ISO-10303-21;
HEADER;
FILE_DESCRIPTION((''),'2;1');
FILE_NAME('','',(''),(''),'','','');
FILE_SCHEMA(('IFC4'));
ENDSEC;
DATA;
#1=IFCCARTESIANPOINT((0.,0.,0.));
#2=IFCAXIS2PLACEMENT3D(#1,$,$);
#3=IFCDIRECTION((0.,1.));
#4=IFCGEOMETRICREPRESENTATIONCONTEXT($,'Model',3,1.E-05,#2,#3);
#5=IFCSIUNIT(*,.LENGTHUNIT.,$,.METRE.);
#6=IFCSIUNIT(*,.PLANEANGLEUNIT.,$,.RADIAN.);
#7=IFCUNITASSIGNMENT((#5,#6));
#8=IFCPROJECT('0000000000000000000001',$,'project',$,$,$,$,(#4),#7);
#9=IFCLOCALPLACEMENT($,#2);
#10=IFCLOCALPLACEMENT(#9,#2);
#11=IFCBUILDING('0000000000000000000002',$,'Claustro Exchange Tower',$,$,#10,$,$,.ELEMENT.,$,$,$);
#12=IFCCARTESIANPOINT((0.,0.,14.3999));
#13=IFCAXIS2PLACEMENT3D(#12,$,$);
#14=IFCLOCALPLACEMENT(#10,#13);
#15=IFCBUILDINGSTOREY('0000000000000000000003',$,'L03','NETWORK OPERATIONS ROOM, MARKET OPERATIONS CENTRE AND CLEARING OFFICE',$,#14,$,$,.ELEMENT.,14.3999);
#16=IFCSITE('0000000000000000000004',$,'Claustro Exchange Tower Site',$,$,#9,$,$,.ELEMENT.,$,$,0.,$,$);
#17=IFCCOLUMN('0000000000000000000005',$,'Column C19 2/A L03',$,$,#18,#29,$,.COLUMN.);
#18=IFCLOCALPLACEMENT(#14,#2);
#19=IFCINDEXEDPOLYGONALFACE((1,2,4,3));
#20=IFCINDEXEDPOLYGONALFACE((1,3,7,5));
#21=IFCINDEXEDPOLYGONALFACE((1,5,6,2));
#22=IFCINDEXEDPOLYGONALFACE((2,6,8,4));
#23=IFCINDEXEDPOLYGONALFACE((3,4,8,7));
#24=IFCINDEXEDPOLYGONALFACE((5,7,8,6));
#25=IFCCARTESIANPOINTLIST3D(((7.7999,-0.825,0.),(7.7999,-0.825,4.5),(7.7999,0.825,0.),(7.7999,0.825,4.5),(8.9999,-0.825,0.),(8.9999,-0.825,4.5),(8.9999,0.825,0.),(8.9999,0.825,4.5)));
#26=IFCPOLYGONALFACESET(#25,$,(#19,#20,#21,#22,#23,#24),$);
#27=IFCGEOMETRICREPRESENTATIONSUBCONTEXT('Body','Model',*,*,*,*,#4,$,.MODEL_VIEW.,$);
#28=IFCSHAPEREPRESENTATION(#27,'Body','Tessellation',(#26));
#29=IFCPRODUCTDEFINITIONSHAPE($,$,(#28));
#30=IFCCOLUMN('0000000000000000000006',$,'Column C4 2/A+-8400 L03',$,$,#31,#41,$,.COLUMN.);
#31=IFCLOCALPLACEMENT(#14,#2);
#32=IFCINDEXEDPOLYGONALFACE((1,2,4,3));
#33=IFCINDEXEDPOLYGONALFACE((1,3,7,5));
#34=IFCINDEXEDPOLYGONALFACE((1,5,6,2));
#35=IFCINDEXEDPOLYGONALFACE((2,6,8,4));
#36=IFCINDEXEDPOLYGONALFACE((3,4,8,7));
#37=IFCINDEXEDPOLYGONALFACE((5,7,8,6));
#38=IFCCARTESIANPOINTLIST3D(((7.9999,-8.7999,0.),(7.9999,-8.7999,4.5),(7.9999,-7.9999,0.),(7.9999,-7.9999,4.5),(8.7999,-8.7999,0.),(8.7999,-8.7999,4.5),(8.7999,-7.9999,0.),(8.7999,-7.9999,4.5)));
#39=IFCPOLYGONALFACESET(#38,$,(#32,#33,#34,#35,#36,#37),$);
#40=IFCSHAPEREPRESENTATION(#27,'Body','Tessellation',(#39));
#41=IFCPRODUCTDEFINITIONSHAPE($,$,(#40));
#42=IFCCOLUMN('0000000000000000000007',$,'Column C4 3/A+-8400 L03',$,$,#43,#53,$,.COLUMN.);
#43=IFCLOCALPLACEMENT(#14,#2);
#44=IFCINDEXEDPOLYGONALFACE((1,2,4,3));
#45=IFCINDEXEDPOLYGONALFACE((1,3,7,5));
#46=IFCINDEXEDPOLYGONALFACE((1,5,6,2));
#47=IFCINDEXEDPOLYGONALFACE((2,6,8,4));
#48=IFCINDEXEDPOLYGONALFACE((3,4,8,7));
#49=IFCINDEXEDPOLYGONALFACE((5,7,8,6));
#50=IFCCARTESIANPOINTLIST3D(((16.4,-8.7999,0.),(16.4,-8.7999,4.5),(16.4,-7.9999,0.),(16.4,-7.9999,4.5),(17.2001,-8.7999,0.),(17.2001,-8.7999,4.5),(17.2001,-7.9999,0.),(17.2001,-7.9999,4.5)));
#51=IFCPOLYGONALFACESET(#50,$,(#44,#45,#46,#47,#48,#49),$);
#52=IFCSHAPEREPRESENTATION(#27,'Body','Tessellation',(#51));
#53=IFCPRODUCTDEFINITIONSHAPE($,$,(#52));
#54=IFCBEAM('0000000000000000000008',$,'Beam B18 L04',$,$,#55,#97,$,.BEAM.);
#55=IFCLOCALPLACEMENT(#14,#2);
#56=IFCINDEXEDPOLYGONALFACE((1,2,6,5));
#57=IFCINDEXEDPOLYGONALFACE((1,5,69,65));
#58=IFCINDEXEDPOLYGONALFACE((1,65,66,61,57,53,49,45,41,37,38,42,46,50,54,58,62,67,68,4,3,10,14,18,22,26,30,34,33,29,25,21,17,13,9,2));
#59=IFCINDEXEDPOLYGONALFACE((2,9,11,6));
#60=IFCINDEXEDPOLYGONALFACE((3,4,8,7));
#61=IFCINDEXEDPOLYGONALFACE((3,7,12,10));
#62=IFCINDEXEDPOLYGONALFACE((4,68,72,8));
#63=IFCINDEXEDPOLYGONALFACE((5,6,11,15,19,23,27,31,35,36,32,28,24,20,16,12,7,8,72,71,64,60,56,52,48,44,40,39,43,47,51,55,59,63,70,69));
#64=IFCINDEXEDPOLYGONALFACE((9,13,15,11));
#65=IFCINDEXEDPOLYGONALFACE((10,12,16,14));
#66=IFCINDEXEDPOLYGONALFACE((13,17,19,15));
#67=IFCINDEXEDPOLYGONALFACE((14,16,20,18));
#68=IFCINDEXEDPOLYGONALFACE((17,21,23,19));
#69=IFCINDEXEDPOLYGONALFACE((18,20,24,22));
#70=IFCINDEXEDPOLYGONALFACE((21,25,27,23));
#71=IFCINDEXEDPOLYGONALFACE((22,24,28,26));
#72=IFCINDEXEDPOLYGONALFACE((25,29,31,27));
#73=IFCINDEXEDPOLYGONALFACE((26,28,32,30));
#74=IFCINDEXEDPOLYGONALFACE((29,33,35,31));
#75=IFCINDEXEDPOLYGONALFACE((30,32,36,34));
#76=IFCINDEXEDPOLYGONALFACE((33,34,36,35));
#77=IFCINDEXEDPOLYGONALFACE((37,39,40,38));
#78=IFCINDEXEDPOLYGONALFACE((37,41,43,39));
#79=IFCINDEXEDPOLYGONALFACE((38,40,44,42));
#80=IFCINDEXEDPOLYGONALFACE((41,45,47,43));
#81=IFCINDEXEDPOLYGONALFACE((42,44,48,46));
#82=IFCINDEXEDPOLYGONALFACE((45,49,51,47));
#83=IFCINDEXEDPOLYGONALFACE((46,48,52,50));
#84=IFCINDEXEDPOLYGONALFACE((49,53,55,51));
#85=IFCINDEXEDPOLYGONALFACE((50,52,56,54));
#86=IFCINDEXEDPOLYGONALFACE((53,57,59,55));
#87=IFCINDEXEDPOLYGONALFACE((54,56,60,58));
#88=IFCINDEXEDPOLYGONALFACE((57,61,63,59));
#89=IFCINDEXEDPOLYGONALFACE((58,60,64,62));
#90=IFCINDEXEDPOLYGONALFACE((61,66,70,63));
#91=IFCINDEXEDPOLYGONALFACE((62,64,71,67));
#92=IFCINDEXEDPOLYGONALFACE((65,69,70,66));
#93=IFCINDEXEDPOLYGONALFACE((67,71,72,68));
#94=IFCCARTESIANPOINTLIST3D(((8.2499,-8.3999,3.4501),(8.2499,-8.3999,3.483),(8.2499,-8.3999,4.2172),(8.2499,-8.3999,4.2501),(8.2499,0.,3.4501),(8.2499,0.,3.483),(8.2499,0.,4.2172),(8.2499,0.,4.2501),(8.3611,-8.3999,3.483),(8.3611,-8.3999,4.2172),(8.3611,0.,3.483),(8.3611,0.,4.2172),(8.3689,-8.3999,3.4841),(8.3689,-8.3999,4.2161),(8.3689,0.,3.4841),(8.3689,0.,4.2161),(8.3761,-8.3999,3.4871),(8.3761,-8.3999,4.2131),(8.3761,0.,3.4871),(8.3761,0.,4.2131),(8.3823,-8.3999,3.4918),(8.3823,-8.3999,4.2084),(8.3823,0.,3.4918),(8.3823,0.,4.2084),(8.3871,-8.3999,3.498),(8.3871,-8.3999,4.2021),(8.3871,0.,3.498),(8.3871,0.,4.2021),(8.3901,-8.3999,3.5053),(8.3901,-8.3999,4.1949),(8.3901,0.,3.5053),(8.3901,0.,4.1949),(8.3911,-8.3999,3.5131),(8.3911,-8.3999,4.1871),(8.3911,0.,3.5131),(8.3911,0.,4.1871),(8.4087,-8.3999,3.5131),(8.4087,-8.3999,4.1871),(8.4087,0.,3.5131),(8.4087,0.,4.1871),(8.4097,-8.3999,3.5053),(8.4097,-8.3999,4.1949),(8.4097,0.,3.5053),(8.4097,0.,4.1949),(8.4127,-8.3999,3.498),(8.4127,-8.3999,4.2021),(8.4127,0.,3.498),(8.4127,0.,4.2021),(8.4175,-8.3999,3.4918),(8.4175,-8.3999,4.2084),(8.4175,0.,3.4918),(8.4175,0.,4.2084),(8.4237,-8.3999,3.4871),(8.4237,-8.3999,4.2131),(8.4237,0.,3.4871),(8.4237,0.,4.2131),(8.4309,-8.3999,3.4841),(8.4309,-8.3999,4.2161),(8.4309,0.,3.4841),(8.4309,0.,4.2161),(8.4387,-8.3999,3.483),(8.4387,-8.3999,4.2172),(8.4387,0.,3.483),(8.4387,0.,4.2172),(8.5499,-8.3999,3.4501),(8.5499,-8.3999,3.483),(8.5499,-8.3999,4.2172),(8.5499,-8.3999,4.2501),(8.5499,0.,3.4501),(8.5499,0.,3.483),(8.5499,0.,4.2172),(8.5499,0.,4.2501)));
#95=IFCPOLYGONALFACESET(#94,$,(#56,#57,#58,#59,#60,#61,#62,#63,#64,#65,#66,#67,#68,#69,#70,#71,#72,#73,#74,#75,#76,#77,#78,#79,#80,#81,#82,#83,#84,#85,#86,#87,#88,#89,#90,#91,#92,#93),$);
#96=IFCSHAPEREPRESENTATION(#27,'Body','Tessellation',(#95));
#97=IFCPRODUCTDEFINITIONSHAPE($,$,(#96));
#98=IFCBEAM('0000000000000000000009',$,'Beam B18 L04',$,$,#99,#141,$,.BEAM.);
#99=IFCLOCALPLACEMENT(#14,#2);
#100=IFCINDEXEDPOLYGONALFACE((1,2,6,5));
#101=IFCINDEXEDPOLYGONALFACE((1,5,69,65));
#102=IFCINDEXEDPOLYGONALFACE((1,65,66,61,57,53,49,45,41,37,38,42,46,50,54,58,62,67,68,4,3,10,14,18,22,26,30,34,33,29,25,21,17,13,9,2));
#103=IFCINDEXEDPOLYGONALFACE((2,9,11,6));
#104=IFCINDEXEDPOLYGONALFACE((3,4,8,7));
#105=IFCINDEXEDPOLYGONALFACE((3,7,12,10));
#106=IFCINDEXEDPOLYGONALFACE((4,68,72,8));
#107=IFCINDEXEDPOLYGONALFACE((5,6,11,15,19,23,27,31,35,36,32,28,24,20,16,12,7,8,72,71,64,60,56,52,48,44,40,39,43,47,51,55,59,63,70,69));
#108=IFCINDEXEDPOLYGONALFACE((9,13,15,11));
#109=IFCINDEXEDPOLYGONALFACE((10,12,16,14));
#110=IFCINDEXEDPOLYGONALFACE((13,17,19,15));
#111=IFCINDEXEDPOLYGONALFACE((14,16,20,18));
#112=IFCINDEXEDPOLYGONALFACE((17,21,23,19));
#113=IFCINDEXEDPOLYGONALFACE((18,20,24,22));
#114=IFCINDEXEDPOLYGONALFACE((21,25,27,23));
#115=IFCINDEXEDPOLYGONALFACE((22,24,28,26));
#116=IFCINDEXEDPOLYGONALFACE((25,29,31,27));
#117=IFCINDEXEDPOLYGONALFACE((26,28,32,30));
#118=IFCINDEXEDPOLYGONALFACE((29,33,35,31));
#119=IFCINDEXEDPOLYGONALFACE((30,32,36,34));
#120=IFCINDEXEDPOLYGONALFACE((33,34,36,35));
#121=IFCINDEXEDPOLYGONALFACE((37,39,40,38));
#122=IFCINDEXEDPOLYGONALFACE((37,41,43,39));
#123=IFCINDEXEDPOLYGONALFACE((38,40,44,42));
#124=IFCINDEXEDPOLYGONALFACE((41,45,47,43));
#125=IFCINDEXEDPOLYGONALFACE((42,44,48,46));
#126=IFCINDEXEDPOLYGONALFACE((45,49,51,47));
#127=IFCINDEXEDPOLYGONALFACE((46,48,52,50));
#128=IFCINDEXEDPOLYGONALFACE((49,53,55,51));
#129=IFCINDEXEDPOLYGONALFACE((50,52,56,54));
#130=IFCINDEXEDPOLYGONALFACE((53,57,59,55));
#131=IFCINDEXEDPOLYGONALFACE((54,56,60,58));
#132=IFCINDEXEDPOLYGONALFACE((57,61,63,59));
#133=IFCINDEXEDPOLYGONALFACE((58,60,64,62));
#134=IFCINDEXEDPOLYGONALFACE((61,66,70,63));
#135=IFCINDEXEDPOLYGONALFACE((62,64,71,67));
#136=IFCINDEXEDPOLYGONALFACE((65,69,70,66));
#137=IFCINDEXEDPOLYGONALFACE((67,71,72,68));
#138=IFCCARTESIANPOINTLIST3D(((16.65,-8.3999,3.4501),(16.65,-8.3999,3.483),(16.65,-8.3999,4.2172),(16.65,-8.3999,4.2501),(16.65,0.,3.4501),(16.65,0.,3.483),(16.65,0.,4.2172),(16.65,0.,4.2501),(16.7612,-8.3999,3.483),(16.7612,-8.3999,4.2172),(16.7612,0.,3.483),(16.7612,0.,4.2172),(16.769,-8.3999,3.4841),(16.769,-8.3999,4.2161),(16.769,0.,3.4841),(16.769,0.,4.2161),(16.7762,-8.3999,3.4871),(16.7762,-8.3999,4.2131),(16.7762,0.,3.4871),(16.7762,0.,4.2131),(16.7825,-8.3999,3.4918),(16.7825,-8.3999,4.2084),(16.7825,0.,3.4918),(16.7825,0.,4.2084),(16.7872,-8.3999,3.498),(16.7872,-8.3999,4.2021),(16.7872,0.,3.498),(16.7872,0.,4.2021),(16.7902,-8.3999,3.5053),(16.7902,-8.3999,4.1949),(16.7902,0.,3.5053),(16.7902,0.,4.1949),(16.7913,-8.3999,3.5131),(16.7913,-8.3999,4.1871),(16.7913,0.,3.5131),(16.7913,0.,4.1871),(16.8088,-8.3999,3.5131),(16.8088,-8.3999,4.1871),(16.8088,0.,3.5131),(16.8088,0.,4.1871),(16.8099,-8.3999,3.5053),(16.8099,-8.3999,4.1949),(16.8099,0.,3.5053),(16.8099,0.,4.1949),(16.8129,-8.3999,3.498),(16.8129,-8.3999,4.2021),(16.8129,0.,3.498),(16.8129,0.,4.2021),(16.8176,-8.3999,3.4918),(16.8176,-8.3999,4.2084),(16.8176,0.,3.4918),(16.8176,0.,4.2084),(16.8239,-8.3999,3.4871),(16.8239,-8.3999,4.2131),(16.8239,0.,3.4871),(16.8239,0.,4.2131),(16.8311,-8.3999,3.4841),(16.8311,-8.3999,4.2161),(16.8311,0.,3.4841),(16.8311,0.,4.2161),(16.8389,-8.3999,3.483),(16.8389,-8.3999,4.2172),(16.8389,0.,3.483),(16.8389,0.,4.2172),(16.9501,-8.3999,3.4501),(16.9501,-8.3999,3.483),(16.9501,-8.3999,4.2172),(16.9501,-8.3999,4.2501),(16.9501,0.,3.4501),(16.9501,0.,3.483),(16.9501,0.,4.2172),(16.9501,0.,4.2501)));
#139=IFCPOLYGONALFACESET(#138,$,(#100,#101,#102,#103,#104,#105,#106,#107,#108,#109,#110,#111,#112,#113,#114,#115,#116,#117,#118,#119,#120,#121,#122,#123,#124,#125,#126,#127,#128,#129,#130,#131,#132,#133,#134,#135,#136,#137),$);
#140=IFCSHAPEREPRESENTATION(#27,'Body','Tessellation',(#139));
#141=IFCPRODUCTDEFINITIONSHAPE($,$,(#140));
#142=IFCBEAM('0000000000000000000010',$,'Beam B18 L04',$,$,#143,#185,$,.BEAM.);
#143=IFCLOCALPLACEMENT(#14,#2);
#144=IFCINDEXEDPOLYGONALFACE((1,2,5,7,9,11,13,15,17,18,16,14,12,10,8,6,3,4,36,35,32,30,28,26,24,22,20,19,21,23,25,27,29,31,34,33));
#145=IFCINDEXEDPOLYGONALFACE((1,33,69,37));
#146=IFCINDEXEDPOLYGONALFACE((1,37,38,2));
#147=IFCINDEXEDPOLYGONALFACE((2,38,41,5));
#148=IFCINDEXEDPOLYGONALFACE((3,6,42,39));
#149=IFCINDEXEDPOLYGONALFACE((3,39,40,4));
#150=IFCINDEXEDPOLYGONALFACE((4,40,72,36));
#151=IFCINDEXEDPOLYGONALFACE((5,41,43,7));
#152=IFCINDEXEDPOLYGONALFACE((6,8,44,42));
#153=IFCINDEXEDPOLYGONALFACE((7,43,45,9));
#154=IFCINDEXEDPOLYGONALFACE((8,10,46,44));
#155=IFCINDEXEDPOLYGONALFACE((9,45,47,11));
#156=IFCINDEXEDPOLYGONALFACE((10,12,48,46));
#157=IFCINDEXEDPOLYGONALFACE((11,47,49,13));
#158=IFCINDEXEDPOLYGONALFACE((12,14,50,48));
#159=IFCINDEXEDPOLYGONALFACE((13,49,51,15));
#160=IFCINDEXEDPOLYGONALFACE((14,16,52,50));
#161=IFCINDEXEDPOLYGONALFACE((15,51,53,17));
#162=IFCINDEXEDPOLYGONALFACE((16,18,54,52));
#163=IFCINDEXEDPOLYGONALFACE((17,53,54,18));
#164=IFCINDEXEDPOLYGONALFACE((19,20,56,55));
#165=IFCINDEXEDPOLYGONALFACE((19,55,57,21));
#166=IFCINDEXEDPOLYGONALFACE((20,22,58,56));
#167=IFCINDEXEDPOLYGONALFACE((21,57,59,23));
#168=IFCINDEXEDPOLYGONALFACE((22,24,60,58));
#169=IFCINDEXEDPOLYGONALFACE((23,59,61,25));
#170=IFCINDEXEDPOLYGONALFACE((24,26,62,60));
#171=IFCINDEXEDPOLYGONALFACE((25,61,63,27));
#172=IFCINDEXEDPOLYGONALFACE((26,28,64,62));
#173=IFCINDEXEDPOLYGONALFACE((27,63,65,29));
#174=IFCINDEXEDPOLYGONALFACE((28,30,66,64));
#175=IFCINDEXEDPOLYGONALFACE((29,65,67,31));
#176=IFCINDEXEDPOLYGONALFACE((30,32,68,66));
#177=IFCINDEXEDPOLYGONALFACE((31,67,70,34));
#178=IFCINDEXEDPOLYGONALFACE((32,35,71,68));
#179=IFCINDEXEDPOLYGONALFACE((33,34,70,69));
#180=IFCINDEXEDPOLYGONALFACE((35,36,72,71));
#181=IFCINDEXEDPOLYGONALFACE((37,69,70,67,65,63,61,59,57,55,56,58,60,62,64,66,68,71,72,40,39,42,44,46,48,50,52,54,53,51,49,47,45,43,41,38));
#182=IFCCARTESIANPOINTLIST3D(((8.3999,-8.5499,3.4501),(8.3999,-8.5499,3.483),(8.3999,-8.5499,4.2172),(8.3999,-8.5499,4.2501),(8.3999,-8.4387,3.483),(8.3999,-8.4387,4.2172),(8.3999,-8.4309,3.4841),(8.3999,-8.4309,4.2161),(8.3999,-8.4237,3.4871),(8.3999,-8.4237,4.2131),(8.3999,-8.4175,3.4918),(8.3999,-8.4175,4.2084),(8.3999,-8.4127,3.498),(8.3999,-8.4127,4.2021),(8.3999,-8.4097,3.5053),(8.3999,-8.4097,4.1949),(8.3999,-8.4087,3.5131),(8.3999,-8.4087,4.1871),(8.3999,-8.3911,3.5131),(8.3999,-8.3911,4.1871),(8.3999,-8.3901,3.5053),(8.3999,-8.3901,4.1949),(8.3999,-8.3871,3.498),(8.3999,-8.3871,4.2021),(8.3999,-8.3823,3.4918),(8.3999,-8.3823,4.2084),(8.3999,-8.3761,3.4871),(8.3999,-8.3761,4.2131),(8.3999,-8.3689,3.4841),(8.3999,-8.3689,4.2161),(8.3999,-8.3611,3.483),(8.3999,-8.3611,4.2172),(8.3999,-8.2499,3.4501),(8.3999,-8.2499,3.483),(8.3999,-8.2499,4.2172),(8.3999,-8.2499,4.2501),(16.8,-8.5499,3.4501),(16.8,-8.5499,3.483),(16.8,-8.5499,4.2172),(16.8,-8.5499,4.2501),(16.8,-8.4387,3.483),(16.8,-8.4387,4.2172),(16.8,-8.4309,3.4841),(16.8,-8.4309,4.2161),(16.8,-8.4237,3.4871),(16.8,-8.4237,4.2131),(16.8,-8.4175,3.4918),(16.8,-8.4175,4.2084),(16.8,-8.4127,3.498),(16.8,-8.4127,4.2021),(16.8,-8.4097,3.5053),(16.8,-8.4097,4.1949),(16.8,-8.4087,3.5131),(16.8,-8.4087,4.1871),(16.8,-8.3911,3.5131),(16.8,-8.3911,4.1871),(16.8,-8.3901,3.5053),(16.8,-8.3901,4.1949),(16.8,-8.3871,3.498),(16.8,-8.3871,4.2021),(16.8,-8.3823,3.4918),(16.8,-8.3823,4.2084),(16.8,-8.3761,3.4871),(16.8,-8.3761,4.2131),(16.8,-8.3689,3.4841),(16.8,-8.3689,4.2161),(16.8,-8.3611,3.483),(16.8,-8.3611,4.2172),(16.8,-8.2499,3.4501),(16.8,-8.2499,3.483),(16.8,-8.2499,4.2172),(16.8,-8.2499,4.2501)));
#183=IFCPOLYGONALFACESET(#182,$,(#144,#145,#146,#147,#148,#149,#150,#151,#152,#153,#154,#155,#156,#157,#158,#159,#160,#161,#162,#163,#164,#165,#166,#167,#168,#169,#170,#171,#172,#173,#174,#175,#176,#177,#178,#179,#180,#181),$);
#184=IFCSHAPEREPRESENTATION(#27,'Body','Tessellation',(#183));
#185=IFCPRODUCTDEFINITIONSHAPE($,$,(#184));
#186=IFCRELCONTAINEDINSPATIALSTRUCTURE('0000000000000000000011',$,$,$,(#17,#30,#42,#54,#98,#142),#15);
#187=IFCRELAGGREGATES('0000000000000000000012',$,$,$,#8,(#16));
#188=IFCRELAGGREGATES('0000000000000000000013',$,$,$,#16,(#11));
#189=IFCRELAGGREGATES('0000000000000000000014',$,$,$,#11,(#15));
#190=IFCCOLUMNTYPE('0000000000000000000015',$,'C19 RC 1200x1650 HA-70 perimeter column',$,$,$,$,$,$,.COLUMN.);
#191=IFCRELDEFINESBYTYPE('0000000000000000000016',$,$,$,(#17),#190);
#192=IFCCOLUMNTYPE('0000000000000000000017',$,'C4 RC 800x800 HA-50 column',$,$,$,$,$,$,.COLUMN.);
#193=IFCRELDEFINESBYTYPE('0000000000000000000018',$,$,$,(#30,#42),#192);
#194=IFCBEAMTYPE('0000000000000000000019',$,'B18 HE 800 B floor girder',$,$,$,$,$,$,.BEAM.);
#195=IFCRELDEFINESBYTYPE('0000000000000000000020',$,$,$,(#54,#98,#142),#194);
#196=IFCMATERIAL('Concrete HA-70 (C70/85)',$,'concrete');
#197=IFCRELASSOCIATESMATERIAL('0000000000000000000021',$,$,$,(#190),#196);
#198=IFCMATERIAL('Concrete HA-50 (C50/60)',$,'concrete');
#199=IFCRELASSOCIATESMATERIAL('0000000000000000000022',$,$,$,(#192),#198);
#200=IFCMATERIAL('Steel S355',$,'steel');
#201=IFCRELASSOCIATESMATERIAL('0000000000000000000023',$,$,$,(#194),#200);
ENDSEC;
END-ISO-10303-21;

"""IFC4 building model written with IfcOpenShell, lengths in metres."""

from ifc_helpers import new_model, si_unit, direction, frame, origin, origin_2d, place, context, subcontext, project, spatial, rectangle, i_section, extrude, material, material_profile, profile_set, type_object, element, save


model = new_model("IFC4")

# Units and contexts
model_context = context("Model", 3, precision=1e-05, world=origin(), true_north=direction((0.0, 1.0)))
body_context = subcontext(model_context, "Body", "Model", "MODEL_VIEW")
ifc_project = project(units=[si_unit("LENGTHUNIT", "METRE"), si_unit("PLANEANGLEUNIT", "RADIAN")], contexts=[model_context])

# Site, building, storey
site_placement = place(None, origin())
site = spatial("IfcSite", under=ifc_project, at=site_placement, Name="Claustro Exchange Tower Site", CompositionType="ELEMENT", RefElevation=0.0)
building_placement = place(site_placement, origin())
building = spatial("IfcBuilding", under=site, at=building_placement, Name="Claustro Exchange Tower", CompositionType="ELEMENT")
storey_placement = place(building_placement, frame((0.0, 0.0, 14.3999)))
storey = spatial("IfcBuildingStorey", under=building, at=storey_placement, Name="L03", Description="NETWORK OPERATIONS ROOM, MARKET OPERATIONS CENTRE AND CLEARING OFFICE", CompositionType="ELEMENT", Elevation=14.3999)

# Columns
ifc_material_1 = material(Name="Concrete HA-70 (C70/85)", Category="concrete")
ifc_material_profile_1 = material_profile(ifc_material_1, rectangle(XDim=1.2, YDim=1.6499, at=origin_2d()), Name="RC 1200x1650")
ifc_profile_set_1 = profile_set([ifc_material_profile_1], Name="Concrete HA-70 (C70/85)")
column_type_1 = type_object("IfcColumnType", Name="C19 RC 1200x1650 HA-70 perimeter column", PredefinedType="COLUMN", material=ifc_profile_set_1)
column_placement = place(storey_placement, frame((8.3999, 0.0, 0.0), z_axis=(0.0, 0.0, 1.0), x_axis=(1.0, 0.0, 0.0)))
element("IfcColumn", 1, at=column_placement, inside=storey, type_object=column_type_1, Name="Column C19 2/A L03", PredefinedType="COLUMN", context=body_context, shape_type="SweptSolid", body=[
    extrude(rectangle(XDim=1.2, YDim=1.6499, at=origin_2d()), origin(), (0.0, 0.0, 1.0), 4.5),
])
ifc_material_2 = material(Name="Concrete HA-50 (C50/60)", Category="concrete")
ifc_material_profile_2 = material_profile(ifc_material_2, rectangle(XDim=0.8, YDim=0.8, at=origin_2d()), Name="RC 800x800")
ifc_profile_set_2 = profile_set([ifc_material_profile_2], Name="Concrete HA-50 (C50/60)")
column_type_2 = type_object("IfcColumnType", Name="C4 RC 800x800 HA-50 column", PredefinedType="COLUMN", material=ifc_profile_set_2)
for number, where, z_axis, x_axis, name in (
    (2, (8.3999, -8.3999, 0.0), (0.0, 0.0, 1.0), (1.0, 0.0, 0.0), "Column C4 2/A+-8400 L03"),
    (3, (16.8, -8.3999, 0.0), (0.0, 0.0, 1.0), (1.0, 0.0, 0.0), "Column C4 3/A+-8400 L03"),
):
    element("IfcColumn", number, at=place(storey_placement, frame(where, z_axis=z_axis, x_axis=x_axis)), inside=storey, type_object=column_type_2, Name=name, PredefinedType="COLUMN", context=body_context, shape_type="SweptSolid", body=[
        extrude(rectangle(XDim=0.8, YDim=0.8, at=origin_2d()), origin(), (0.0, 0.0, 1.0), 4.5),
    ])

# Beams
ifc_material_3 = material(Name="Steel S355", Category="steel")
ifc_material_profile_3 = material_profile(ifc_material_3, i_section(OverallWidth=0.3, OverallDepth=0.8, WebThickness=0.0176, FlangeThickness=0.033, FilletRadius=0.03, at=origin_2d()), Name="HE 800 B")
ifc_profile_set_3 = profile_set([ifc_material_profile_3], Name="Steel S355")
beam_type_1 = type_object("IfcBeamType", Name="B18 HE 800 B floor girder", PredefinedType="BEAM", material=ifc_profile_set_3)
for number, where, z_axis, x_axis, name in (
    (4, (8.3999, -8.3999, 3.8501), (0.0, 1.0, 0.0), (-1.0, 0.0, 0.0), "Beam B18 L04"),
    (5, (16.8, -8.3999, 3.8501), (0.0, 1.0, 0.0), (-1.0, 0.0, 0.0), "Beam B18 L04"),
):
    element("IfcBeam", number, at=place(storey_placement, frame(where, z_axis=z_axis, x_axis=x_axis)), inside=storey, type_object=beam_type_1, Name=name, PredefinedType="BEAM", context=body_context, shape_type="SweptSolid", body=[
        extrude(i_section(OverallWidth=0.3, OverallDepth=0.8, WebThickness=0.0176, FlangeThickness=0.033, FilletRadius=0.03, at=origin_2d()), origin(), (0.0, 0.0, 1.0), 8.3999),
    ])
beam_1_placement = place(storey_placement, frame((8.3999, -8.3999, 3.8501), z_axis=(1.0, 0.0, 0.0), x_axis=(0.0, 1.0, 0.0)))
element("IfcBeam", 6, at=beam_1_placement, inside=storey, type_object=beam_type_1, Name="Beam B18 L04", PredefinedType="BEAM", context=body_context, shape_type="SweptSolid", body=[
    extrude(i_section(OverallWidth=0.3, OverallDepth=0.8, WebThickness=0.0176, FlangeThickness=0.033, FilletRadius=0.03, at=origin_2d()), origin(), (0.0, 0.0, 1.0), 8.4001),
])

save(model, "model.ifc")
